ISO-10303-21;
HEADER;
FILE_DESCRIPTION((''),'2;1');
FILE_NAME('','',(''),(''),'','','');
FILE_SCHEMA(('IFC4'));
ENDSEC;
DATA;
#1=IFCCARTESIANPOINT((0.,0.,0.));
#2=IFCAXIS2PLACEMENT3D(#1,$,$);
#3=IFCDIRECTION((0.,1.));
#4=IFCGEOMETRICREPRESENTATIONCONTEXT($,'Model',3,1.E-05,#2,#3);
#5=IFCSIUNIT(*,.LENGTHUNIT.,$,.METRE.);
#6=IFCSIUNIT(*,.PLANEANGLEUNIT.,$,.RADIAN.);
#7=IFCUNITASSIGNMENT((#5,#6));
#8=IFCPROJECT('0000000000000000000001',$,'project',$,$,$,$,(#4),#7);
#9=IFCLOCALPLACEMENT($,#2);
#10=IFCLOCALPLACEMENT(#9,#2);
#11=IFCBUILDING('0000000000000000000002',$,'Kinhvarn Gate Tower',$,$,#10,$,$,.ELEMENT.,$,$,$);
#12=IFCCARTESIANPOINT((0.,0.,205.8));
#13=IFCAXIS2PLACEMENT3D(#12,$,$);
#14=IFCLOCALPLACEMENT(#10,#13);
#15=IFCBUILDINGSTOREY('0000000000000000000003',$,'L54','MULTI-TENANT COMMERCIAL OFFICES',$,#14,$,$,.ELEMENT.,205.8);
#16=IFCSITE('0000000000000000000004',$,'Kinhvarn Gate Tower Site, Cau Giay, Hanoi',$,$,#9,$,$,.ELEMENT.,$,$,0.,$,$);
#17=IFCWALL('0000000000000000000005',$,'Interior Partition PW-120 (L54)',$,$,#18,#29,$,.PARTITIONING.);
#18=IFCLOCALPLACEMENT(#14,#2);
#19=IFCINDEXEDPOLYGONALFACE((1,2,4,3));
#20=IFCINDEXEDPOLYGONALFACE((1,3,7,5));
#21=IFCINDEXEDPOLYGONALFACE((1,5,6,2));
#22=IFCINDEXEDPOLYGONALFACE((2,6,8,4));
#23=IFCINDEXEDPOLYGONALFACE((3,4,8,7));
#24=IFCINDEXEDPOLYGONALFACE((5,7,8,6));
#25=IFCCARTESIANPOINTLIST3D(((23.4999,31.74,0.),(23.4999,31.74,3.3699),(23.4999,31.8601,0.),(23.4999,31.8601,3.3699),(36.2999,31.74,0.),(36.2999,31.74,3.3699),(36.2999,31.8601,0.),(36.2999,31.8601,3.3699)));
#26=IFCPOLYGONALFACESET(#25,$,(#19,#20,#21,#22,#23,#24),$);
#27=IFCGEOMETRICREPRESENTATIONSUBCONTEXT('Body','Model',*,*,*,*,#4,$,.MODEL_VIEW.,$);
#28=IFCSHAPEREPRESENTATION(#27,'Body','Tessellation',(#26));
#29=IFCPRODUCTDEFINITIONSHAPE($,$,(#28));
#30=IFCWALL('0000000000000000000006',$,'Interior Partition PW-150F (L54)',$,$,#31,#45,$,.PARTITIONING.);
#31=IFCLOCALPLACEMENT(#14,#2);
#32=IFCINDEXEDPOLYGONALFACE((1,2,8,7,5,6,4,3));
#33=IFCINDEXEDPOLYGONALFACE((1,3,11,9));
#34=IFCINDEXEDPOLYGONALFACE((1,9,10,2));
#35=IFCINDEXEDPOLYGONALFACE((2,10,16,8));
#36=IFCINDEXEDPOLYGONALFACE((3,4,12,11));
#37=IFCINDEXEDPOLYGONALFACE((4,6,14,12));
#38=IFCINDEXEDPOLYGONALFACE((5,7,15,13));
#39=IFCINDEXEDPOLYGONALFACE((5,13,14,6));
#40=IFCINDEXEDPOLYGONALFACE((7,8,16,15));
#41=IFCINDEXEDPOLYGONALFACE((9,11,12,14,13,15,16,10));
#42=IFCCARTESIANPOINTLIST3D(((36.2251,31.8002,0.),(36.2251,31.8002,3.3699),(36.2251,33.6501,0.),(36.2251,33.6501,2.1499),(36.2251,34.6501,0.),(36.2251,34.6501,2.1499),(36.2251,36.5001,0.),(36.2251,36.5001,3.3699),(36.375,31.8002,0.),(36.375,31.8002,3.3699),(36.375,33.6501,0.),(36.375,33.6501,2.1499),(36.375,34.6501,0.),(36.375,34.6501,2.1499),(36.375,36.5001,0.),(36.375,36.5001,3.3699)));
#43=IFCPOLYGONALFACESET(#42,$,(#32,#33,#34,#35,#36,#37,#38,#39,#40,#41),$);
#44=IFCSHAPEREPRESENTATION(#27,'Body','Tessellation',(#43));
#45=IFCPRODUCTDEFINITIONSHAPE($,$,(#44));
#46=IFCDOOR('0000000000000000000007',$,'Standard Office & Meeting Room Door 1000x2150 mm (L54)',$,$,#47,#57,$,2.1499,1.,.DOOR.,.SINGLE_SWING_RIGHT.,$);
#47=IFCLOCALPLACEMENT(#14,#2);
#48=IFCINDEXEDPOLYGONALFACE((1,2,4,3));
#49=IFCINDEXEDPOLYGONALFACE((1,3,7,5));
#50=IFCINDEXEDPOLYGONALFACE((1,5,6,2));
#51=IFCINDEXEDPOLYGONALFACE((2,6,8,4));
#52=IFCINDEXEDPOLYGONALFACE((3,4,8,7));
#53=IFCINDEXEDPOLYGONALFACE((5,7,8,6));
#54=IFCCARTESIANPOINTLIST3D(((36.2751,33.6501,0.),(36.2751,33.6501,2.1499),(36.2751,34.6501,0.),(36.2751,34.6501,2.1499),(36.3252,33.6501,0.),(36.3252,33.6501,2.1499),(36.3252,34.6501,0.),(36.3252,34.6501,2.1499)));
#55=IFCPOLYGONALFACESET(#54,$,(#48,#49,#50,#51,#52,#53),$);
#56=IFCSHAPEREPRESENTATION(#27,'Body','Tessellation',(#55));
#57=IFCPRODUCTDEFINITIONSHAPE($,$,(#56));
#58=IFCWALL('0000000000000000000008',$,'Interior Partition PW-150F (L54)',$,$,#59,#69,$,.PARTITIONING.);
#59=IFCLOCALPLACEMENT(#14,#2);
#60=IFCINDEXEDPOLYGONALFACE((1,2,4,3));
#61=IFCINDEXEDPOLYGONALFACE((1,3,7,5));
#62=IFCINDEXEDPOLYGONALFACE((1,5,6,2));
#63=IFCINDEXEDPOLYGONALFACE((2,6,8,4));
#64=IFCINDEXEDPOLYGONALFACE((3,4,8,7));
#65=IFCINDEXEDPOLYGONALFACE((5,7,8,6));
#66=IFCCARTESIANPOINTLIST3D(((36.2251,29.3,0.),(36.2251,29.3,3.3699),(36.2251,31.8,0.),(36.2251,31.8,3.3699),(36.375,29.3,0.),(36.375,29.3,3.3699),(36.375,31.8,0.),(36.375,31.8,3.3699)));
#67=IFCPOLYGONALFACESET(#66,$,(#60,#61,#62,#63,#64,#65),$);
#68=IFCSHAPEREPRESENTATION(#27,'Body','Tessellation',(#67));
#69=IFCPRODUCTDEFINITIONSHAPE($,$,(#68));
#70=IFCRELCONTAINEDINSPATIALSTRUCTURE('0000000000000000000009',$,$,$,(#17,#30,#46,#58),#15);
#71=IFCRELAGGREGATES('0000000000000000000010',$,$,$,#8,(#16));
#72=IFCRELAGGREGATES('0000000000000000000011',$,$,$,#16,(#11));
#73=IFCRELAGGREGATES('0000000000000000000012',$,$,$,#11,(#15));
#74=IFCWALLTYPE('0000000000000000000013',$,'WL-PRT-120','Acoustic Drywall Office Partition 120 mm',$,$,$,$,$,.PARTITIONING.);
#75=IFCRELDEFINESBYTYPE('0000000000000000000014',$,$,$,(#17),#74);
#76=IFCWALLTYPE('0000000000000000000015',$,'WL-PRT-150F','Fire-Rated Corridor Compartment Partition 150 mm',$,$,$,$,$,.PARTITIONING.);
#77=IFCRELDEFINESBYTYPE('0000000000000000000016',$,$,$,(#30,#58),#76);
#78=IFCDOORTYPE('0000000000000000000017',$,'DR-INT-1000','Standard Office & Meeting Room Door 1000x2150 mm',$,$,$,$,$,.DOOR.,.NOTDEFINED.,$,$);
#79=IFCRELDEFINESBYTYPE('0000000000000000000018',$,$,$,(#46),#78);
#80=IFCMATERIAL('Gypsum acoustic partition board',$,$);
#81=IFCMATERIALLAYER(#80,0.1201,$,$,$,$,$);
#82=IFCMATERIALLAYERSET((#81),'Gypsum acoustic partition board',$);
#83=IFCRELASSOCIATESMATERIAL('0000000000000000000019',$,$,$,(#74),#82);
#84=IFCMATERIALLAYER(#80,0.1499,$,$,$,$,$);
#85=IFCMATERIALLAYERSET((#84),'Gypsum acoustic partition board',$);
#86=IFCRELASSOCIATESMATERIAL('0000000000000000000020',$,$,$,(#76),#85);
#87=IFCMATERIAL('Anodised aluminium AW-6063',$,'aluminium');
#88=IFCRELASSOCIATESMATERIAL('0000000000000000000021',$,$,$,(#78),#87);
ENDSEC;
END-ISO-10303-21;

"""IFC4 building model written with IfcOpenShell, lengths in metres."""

from ifc_helpers import new_model, si_unit, direction, frame, frame_2d, origin, place, context, subcontext, project, spatial, rectangle, extrude, material, layer, layer_set, type_object, element, fill, save


model = new_model("IFC4")

# Units and contexts
model_context = context("Model", 3, precision=1e-05, world=origin(), true_north=direction((0.0, 1.0)))
body_context = subcontext(model_context, "Body", "Model", "MODEL_VIEW")
ifc_project = project(units=[si_unit("LENGTHUNIT", "METRE"), si_unit("PLANEANGLEUNIT", "RADIAN")], contexts=[model_context])

# Site, building, storey
site_placement = place(None, origin())
site = spatial("IfcSite", under=ifc_project, at=site_placement, Name="Kinhvarn Gate Tower Site, Cau Giay, Hanoi", CompositionType="ELEMENT", RefElevation=0.0)
building_placement = place(site_placement, origin())
building = spatial("IfcBuilding", under=site, at=building_placement, Name="Kinhvarn Gate Tower", CompositionType="ELEMENT")
storey_placement = place(building_placement, frame((0.0, 0.0, 205.8)))
storey = spatial("IfcBuildingStorey", under=building, at=storey_placement, Name="L54", Description="MULTI-TENANT COMMERCIAL OFFICES", CompositionType="ELEMENT", Elevation=205.8)

# Wall
ifc_material_1 = material(Name="Gypsum acoustic partition board")
ifc_layer_1 = layer(ifc_material_1, 0.1201)
ifc_layer_set_1 = layer_set([ifc_layer_1], Name="Gypsum acoustic partition board")
wall_type_1 = type_object("IfcWallType", Name="WL-PRT-120", Description="Acoustic Drywall Office Partition 120 mm", PredefinedType="PARTITIONING", material=ifc_layer_set_1)
wall_1_placement = place(storey_placement, frame((23.5, 31.8, 0.0), z_axis=(0.0, 0.0, 1.0), x_axis=(1.0, 0.0, 0.0)))
element("IfcWall", 1, at=wall_1_placement, inside=storey, type_object=wall_type_1, Name="Interior Partition PW-120 (L54)", PredefinedType="PARTITIONING", context=body_context, shape_type="SweptSolid", body=[
    extrude(rectangle(XDim=12.8, YDim=0.1201, at=frame_2d((6.3999, 0.0))), origin(), (0.0, 0.0, 1.0), 3.3699),
])

# Wall, opening, door
ifc_layer_2 = layer(ifc_material_1, 0.1499)
ifc_layer_set_2 = layer_set([ifc_layer_2], Name="Gypsum acoustic partition board")
wall_type_2 = type_object("IfcWallType", Name="WL-PRT-150F", Description="Fire-Rated Corridor Compartment Partition 150 mm", PredefinedType="PARTITIONING", material=ifc_layer_set_2)
wall_2_placement = place(storey_placement, frame((36.3, 31.8, 0.0), z_axis=(0.0, 0.0, 1.0), x_axis=(0.0, 1.0, 0.0)))
wall_2 = element("IfcWall", 2, at=wall_2_placement, inside=storey, type_object=wall_type_2, Name="Interior Partition PW-150F (L54)", PredefinedType="PARTITIONING", context=body_context, shape_type="SweptSolid", body=[
    extrude(rectangle(XDim=4.7, YDim=0.1499, at=frame_2d((2.3501, 0.0))), origin(), (0.0, 0.0, 1.0), 3.3699),
])
opening_placement = place(wall_2_placement, frame((1.8501, 0.0, 0.0)))
opening = element("IfcOpeningElement", 3, at=opening_placement, cuts=wall_2, PredefinedType="OPENING", context=body_context, shape_type="SweptSolid", body=[
    extrude(rectangle(XDim=1.0, YDim=2.1499, at=frame_2d((0.5, 1.075))), frame((0.0, 0.085, 0.0), z_axis=(0.0, -1.0, 0.0), x_axis=(1.0, 0.0, 0.0)), (0.0, 0.0, 1.0), 0.1699),
])
ifc_material_2 = material(Name="Anodised aluminium AW-6063", Category="aluminium")
door_type = type_object("IfcDoorType", Name="DR-INT-1000", Description="Standard Office & Meeting Room Door 1000x2150 mm", OperationType="NOTDEFINED", PredefinedType="DOOR", material=ifc_material_2)
door_placement = place(opening_placement, origin())
door = element("IfcDoor", 4, at=door_placement, inside=storey, type_object=door_type, Name="Standard Office & Meeting Room Door 1000x2150 mm (L54)", OperationType="SINGLE_SWING_RIGHT", OverallHeight=2.1499, OverallWidth=1.0, PredefinedType="DOOR", context=body_context, shape_type="SweptSolid", body=[
    extrude(rectangle(XDim=1.0, YDim=2.1499, at=frame_2d((0.5, 1.075))), frame((0.0, 0.0249, 0.0), z_axis=(0.0, -1.0, 0.0), x_axis=(1.0, 0.0, 0.0)), (0.0, 0.0, 1.0), 0.05),
])
fill(opening, door)

# Wall
wall_3_placement = place(storey_placement, frame((36.3, 29.3, 0.0), z_axis=(0.0, 0.0, 1.0), x_axis=(0.0, 1.0, 0.0)))
element("IfcWall", 5, at=wall_3_placement, inside=storey, type_object=wall_type_2, Name="Interior Partition PW-150F (L54)", PredefinedType="PARTITIONING", context=body_context, shape_type="SweptSolid", body=[
    extrude(rectangle(XDim=2.5, YDim=0.1499, at=frame_2d((1.25, 0.0))), origin(), (0.0, 0.0, 1.0), 3.3699),
])

save(model, "model.ifc")
